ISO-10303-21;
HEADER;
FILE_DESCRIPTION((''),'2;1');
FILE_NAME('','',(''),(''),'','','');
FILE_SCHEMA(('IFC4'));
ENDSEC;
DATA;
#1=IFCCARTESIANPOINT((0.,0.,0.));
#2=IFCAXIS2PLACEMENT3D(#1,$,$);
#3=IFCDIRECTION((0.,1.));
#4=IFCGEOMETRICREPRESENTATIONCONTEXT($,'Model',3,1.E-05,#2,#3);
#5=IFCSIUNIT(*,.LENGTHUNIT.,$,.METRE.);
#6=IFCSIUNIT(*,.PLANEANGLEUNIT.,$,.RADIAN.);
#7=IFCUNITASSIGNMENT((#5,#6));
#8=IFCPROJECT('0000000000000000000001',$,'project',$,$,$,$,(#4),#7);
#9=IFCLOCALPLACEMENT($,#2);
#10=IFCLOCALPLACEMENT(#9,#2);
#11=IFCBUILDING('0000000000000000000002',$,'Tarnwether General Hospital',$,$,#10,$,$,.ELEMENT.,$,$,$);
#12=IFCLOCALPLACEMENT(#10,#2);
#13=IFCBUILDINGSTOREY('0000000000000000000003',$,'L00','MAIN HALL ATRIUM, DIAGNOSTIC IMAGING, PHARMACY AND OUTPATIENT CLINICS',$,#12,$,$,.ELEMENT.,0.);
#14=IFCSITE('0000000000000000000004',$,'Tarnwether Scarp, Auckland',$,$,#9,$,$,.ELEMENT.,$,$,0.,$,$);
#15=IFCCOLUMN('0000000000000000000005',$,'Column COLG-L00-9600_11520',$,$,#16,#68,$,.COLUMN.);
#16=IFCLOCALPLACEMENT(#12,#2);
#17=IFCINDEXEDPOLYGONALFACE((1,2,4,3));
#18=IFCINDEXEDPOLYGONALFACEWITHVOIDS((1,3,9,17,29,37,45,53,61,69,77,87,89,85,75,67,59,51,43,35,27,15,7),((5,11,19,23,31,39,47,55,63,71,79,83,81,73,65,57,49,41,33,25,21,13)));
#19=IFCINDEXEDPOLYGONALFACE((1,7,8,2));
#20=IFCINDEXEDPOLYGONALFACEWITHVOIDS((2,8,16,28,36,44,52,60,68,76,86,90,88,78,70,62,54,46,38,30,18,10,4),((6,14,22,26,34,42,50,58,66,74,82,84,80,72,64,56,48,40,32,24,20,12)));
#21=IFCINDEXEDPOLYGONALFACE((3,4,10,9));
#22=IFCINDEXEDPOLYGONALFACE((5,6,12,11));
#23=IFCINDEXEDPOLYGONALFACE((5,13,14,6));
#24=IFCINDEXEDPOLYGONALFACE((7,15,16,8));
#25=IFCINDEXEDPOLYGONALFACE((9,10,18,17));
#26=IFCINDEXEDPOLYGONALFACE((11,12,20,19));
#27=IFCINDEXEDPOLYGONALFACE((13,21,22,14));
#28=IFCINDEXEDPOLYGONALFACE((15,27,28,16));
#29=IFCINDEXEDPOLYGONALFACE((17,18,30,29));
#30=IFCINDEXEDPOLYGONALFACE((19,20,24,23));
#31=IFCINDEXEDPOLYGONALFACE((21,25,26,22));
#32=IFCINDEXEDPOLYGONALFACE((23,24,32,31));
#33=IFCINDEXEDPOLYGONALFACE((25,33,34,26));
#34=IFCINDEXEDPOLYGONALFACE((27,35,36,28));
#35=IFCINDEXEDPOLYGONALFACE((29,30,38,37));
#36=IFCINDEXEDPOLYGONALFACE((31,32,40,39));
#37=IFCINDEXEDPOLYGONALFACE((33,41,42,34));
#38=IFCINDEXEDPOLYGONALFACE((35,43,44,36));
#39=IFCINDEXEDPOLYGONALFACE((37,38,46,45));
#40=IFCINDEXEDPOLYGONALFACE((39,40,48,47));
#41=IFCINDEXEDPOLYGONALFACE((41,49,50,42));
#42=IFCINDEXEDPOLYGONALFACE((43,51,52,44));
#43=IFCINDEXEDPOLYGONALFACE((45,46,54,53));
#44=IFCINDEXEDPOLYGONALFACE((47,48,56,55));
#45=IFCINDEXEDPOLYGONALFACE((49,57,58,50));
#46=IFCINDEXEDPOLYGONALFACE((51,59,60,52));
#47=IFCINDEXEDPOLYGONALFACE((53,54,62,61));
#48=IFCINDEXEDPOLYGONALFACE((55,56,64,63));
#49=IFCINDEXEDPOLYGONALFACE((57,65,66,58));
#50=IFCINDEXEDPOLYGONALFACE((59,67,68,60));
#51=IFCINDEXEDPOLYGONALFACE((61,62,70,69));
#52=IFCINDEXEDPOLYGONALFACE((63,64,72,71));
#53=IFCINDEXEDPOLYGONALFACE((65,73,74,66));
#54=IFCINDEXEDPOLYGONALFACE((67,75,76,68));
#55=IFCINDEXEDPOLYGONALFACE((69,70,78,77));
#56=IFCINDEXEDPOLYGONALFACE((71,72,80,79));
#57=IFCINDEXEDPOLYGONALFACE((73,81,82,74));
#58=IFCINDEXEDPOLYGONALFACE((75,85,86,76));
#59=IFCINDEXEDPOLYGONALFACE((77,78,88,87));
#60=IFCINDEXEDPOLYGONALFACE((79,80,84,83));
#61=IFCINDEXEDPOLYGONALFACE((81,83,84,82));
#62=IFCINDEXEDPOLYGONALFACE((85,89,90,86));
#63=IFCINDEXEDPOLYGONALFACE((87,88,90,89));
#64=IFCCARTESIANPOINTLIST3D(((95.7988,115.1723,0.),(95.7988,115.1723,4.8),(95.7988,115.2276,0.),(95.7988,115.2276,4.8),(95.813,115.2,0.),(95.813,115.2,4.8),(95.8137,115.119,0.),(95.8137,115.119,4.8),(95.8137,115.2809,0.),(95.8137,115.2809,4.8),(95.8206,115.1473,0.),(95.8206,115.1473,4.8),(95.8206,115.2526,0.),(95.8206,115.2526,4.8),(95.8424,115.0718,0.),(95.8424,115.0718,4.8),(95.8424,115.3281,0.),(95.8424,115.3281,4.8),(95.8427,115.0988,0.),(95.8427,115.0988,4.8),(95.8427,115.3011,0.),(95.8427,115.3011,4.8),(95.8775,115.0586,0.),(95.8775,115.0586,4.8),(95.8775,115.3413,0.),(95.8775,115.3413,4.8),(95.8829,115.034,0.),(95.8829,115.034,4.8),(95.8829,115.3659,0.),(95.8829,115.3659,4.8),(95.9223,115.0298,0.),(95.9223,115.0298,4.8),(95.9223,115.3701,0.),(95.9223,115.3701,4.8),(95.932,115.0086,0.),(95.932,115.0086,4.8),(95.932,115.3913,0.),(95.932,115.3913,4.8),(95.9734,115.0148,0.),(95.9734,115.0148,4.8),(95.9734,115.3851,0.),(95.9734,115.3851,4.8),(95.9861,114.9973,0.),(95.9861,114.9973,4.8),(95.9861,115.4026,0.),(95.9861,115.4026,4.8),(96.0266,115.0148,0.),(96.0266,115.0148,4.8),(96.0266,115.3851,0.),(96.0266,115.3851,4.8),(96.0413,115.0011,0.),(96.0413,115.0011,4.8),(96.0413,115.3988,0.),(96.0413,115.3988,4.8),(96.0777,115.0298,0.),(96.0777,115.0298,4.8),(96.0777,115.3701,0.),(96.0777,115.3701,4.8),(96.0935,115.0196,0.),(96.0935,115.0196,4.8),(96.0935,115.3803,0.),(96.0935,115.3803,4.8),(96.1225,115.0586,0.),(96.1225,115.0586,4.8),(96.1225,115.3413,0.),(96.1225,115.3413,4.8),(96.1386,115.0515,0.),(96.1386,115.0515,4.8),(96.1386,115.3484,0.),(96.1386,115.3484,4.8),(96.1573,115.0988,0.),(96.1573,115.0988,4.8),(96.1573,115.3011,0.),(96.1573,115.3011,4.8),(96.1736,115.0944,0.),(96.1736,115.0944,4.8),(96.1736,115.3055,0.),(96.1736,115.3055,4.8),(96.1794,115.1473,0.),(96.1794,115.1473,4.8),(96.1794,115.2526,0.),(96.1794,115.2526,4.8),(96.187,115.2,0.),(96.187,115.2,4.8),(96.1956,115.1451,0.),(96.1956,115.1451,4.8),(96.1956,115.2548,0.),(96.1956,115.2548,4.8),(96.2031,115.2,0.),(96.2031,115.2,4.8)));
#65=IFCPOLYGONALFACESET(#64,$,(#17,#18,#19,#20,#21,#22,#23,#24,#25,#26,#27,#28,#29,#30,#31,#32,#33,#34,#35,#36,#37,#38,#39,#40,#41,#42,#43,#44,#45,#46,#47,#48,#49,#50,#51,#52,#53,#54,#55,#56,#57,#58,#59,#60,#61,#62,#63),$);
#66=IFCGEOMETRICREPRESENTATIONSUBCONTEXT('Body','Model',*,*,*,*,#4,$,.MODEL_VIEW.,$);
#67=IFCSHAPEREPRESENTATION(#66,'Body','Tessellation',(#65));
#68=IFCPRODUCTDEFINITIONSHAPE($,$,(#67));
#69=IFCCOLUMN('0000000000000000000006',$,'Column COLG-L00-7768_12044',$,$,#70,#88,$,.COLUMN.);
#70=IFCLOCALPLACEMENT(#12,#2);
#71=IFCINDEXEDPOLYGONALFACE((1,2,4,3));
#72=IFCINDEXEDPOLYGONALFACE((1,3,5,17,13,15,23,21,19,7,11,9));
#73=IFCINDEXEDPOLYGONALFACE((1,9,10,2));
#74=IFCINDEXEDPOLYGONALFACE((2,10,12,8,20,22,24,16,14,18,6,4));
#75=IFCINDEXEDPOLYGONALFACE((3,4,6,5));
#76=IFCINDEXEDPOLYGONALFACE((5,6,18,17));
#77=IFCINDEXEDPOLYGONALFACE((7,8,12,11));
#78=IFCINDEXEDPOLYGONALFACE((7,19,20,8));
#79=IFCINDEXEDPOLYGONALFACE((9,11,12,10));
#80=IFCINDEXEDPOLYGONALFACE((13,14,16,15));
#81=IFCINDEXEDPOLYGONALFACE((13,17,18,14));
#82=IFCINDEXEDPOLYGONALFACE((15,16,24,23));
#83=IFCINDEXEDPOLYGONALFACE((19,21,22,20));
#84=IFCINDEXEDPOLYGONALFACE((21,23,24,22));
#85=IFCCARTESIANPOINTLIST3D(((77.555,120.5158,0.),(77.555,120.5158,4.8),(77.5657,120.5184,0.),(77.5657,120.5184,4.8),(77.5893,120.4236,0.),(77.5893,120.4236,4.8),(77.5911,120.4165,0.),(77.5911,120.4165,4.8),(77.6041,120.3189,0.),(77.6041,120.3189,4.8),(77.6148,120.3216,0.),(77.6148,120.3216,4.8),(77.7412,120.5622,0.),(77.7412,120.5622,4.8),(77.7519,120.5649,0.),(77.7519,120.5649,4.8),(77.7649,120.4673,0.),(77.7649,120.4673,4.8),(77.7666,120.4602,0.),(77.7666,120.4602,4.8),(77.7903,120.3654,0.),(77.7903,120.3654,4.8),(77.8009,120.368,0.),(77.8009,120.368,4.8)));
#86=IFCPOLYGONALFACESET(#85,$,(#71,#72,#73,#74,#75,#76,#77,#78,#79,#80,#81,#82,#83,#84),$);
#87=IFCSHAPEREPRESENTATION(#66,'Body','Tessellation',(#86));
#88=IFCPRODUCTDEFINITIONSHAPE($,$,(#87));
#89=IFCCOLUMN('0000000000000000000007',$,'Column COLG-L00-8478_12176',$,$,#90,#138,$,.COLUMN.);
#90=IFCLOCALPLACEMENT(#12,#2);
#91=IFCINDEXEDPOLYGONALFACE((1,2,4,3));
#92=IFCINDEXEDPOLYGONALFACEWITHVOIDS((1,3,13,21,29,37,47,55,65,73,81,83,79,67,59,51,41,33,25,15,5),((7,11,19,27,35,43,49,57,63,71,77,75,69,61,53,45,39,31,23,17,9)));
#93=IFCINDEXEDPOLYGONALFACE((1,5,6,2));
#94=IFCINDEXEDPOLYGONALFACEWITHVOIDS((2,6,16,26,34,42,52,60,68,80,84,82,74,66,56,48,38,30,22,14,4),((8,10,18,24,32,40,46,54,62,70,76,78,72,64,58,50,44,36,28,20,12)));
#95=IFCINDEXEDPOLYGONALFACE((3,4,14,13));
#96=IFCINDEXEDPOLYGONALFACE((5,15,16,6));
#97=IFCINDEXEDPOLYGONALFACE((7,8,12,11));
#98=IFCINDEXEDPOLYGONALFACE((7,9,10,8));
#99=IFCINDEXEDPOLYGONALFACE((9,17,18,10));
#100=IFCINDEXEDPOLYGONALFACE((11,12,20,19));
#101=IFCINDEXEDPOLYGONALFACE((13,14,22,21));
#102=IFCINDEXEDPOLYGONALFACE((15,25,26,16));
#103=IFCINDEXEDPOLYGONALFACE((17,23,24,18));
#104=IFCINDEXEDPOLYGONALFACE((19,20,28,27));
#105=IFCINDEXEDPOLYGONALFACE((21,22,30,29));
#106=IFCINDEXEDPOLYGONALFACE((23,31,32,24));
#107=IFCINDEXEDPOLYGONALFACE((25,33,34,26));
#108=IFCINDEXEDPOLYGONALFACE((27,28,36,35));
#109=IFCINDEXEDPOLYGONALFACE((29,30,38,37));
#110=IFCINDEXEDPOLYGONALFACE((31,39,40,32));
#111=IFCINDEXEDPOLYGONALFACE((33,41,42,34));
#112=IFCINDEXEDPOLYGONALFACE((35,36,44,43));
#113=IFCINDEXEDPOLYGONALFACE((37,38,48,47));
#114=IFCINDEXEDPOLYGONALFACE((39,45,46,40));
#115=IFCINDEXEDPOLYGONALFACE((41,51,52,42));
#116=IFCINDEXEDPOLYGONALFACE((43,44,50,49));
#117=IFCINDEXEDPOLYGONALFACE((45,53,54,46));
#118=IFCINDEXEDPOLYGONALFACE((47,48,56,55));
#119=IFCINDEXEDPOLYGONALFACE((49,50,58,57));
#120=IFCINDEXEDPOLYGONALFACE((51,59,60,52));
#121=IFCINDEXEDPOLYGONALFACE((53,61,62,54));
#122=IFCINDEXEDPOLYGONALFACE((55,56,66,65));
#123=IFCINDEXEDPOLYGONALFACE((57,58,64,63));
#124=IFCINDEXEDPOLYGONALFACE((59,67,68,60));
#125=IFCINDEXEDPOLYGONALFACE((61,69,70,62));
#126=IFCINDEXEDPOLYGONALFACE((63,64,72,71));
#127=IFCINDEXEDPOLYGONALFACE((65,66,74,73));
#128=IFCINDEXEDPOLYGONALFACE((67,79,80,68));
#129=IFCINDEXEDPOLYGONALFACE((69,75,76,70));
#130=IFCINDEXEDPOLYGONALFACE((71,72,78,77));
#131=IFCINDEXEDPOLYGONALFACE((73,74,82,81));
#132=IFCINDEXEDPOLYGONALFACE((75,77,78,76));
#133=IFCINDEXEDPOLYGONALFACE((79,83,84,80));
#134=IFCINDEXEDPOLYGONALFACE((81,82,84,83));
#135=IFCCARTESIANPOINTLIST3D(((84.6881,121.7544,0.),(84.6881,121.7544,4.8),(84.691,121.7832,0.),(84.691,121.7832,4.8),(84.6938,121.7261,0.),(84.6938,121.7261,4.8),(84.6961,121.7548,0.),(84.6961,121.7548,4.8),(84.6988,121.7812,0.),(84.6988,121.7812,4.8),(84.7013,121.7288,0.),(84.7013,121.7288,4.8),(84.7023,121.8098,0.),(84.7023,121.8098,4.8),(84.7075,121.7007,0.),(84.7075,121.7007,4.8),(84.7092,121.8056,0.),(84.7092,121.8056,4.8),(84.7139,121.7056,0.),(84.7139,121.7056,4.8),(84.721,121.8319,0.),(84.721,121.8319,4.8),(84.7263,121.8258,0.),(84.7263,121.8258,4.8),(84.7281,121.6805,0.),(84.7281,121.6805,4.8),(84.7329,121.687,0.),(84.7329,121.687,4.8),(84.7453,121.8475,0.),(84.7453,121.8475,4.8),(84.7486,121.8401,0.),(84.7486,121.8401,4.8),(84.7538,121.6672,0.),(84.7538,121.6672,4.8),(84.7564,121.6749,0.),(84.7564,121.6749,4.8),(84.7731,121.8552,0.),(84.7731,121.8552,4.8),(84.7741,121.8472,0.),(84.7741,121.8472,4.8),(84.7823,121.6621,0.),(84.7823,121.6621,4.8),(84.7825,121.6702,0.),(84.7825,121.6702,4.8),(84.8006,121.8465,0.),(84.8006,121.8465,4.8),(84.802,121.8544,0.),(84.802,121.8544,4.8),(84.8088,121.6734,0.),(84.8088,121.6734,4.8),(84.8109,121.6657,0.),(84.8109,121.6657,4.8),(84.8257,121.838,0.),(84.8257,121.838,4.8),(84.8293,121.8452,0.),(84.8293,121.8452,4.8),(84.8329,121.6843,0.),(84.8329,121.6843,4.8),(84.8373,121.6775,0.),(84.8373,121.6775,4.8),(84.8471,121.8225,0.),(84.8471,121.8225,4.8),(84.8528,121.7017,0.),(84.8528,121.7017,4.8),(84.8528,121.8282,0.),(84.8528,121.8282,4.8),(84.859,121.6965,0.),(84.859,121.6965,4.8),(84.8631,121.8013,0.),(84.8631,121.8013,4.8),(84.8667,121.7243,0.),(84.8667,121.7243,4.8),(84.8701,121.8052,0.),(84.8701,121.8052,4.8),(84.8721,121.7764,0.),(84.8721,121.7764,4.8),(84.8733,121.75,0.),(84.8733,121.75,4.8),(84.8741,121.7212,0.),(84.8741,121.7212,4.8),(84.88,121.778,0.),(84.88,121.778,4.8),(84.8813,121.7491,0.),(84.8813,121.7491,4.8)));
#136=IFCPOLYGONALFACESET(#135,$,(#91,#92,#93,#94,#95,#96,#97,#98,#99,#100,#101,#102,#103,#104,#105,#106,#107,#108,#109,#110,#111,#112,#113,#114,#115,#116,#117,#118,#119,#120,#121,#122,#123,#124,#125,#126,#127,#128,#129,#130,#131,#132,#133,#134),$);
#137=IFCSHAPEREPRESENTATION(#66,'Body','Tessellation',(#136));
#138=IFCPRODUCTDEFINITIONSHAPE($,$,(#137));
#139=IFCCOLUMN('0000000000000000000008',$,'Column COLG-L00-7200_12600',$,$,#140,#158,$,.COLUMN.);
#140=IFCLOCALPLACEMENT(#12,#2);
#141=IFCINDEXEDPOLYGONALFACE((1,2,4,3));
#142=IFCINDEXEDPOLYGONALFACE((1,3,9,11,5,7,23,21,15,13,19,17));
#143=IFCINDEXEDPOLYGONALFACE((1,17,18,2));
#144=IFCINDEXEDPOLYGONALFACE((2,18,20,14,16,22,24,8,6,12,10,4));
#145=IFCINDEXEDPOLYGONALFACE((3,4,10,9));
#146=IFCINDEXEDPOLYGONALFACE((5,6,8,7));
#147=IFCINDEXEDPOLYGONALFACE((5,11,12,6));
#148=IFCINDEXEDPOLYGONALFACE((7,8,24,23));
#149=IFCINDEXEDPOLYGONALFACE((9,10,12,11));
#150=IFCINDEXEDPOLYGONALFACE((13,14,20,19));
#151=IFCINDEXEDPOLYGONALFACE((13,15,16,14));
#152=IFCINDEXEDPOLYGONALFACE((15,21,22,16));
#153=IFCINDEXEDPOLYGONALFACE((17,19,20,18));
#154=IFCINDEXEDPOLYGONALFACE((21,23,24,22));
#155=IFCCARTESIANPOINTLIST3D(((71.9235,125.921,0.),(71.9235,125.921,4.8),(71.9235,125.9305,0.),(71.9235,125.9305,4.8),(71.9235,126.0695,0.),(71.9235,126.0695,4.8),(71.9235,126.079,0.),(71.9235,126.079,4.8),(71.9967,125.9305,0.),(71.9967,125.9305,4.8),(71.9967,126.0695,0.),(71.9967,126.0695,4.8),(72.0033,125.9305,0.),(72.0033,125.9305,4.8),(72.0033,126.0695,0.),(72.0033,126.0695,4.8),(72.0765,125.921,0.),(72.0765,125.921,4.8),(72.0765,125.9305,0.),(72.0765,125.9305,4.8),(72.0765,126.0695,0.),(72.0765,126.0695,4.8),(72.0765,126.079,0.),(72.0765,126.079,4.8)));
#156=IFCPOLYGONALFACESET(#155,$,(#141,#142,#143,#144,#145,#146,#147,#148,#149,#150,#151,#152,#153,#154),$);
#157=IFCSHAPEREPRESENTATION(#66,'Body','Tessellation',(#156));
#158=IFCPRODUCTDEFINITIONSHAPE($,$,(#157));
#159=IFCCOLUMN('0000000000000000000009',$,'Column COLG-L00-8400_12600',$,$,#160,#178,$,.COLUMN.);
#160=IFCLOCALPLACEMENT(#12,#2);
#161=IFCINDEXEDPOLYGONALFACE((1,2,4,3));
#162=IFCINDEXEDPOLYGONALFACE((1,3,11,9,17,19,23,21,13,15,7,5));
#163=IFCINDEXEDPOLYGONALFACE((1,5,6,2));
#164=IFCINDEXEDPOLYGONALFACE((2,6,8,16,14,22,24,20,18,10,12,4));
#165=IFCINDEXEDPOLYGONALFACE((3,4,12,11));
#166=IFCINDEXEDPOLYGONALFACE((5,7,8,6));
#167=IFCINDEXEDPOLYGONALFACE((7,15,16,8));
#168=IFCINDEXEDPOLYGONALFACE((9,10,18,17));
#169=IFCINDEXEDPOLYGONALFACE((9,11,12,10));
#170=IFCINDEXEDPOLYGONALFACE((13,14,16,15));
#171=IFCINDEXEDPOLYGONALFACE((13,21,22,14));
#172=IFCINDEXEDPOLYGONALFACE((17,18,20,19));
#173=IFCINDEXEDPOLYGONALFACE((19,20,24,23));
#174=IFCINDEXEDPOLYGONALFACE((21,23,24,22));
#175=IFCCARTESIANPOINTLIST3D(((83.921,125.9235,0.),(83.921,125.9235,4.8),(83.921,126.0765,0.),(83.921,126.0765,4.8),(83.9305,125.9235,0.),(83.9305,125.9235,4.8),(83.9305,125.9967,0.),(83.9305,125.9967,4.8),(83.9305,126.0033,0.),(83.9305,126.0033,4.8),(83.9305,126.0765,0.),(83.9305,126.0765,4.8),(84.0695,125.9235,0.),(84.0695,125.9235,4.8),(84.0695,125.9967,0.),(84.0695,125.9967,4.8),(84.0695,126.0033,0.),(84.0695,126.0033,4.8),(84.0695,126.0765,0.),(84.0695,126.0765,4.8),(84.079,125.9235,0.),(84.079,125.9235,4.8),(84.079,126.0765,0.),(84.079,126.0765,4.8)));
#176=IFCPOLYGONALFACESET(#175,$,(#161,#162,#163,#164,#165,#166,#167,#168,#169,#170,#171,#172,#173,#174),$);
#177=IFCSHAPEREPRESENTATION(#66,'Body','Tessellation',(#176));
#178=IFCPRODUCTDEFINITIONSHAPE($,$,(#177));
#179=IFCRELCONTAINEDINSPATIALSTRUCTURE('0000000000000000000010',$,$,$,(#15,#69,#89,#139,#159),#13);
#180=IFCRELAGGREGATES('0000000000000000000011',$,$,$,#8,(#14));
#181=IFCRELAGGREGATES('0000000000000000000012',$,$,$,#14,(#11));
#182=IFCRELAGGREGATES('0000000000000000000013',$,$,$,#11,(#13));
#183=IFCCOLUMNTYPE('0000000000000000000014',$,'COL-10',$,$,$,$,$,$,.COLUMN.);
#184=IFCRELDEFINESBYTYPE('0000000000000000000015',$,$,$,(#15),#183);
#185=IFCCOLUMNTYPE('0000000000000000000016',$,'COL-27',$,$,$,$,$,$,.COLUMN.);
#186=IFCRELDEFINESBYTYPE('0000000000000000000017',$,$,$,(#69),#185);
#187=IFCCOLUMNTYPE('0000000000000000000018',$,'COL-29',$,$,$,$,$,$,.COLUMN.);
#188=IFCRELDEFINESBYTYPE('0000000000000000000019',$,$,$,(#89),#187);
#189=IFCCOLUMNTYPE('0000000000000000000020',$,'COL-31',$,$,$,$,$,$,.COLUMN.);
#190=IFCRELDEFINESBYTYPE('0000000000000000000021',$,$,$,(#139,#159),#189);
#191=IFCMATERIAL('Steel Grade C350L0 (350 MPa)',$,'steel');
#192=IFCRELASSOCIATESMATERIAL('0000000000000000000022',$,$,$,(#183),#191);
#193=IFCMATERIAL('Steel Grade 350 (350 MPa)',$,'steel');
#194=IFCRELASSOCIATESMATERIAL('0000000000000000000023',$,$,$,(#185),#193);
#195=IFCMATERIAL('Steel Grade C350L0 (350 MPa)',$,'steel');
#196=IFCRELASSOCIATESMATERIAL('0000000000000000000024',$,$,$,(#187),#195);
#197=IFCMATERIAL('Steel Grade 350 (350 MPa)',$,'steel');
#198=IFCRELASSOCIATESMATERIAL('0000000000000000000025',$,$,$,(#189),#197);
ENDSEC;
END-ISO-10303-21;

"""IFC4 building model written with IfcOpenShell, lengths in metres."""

from ifc_helpers import new_model, si_unit, direction, frame, origin, origin_2d, place, context, subcontext, project, spatial, hollow_circle, i_section, extrude, material, material_profile, profile_set, type_object, element, save


model = new_model("IFC4")

# Units and contexts
model_context = context("Model", 3, precision=1e-05, world=origin(), true_north=direction((0.0, 1.0)))
body_context = subcontext(model_context, "Body", "Model", "MODEL_VIEW")
ifc_project = project(units=[si_unit("LENGTHUNIT", "METRE"), si_unit("PLANEANGLEUNIT", "RADIAN")], contexts=[model_context])

# Site, building, storey
site_placement = place(None, origin())
site = spatial("IfcSite", under=ifc_project, at=site_placement, Name="Tarnwether Scarp, Auckland", CompositionType="ELEMENT", RefElevation=0.0)
building_placement = place(site_placement, origin())
building = spatial("IfcBuilding", under=site, at=building_placement, Name="Tarnwether General Hospital", CompositionType="ELEMENT")
storey_placement = place(building_placement, origin())
storey = spatial("IfcBuildingStorey", under=building, at=storey_placement, Name="L00", Description="MAIN HALL ATRIUM, DIAGNOSTIC IMAGING, PHARMACY AND OUTPATIENT CLINICS", CompositionType="ELEMENT", Elevation=0.0)

# Columns
ifc_material_1 = material(Name="Steel Grade C350L0 (350 MPa)", Category="steel")
ifc_material_profile_1 = material_profile(ifc_material_1, hollow_circle(Radius=0.2031, WallThickness=0.0161, at=origin_2d()), Name="CHS406.4x16.0")
ifc_profile_set_1 = profile_set([ifc_material_profile_1], Name="Steel Grade C350L0 (350 MPa)")
column_type_1 = type_object("IfcColumnType", Name="COL-10", PredefinedType="COLUMN", material=ifc_profile_set_1)
column_1_placement = place(storey_placement, frame((96.0, 115.2, 0.0), z_axis=(0.0, 0.0, 1.0), x_axis=(1.0, 0.0, 0.0)))
element("IfcColumn", 1, at=column_1_placement, inside=storey, type_object=column_type_1, Name="Column COLG-L00-9600_11520", PredefinedType="COLUMN", context=body_context, shape_type="SweptSolid", body=[
    extrude(hollow_circle(Radius=0.2031, WallThickness=0.0161, at=origin_2d()), origin(), (0.0, 0.0, 1.0), 4.8),
])
ifc_material_2 = material(Name="Steel Grade 350 (350 MPa)", Category="steel")
ifc_material_profile_2 = material_profile(ifc_material_2, i_section(OverallWidth=0.2029, OverallDepth=0.2029, WebThickness=0.0073, FlangeThickness=0.011, at=origin_2d()), Name="200UC46.2")
ifc_profile_set_2 = profile_set([ifc_material_profile_2], Name="Steel Grade 350 (350 MPa)")
column_type_2 = type_object("IfcColumnType", Name="COL-27", PredefinedType="COLUMN", material=ifc_profile_set_2)
column_2_placement = place(storey_placement, frame((77.678, 120.4419, 0.0), z_axis=(0.0, 0.0, 1.0), x_axis=(-0.241922, 0.970296, 0.0)))
element("IfcColumn", 2, at=column_2_placement, inside=storey, type_object=column_type_2, Name="Column COLG-L00-7768_12044", PredefinedType="COLUMN", context=body_context, shape_type="SweptSolid", body=[
    extrude(i_section(OverallWidth=0.2029, OverallDepth=0.2029, WebThickness=0.0073, FlangeThickness=0.011, at=origin_2d()), origin(), (0.0, 0.0, 1.0), 4.8),
])
ifc_material_3 = material(Name="Steel Grade C350L0 (350 MPa)", Category="steel")
ifc_material_profile_3 = material_profile(ifc_material_3, hollow_circle(Radius=0.0969, WallThickness=0.0081, at=origin_2d()), Name="CHS193.7x8.0")
ifc_profile_set_3 = profile_set([ifc_material_profile_3], Name="Steel Grade C350L0 (350 MPa)")
column_type_3 = type_object("IfcColumnType", Name="COL-29", PredefinedType="COLUMN", material=ifc_profile_set_3)
column_3_placement = place(storey_placement, frame((84.7849, 121.759, 0.0), z_axis=(0.0, 0.0, 1.0), x_axis=(-0.121869, 0.992546, 0.0)))
element("IfcColumn", 3, at=column_3_placement, inside=storey, type_object=column_type_3, Name="Column COLG-L00-8478_12176", PredefinedType="COLUMN", context=body_context, shape_type="SweptSolid", body=[
    extrude(hollow_circle(Radius=0.0969, WallThickness=0.0081, at=origin_2d()), origin(), (0.0, 0.0, 1.0), 4.8),
])
ifc_material_4 = material(Name="Steel Grade 350 (350 MPa)", Category="steel")
ifc_material_profile_4 = material_profile(ifc_material_4, i_section(OverallWidth=0.1531, OverallDepth=0.158, WebThickness=0.0066, FlangeThickness=0.0095, at=origin_2d()), Name="150UC30.0")
ifc_profile_set_4 = profile_set([ifc_material_profile_4], Name="Steel Grade 350 (350 MPa)")
column_type_4 = type_object("IfcColumnType", Name="COL-31", PredefinedType="COLUMN", material=ifc_profile_set_4)
for number, where, z_axis, x_axis, name in (
    (4, (72.0, 126.0, 0.0), (0.0, 0.0, 1.0), (1.0, 0.0, 0.0), "Column COLG-L00-7200_12600"),
    (5, (84.0, 126.0, 0.0), (0.0, 0.0, 1.0), (0.0, 1.0, 0.0), "Column COLG-L00-8400_12600"),
):
    element("IfcColumn", number, at=place(storey_placement, frame(where, z_axis=z_axis, x_axis=x_axis)), inside=storey, type_object=column_type_4, Name=name, PredefinedType="COLUMN", context=body_context, shape_type="SweptSolid", body=[
        extrude(i_section(OverallWidth=0.1531, OverallDepth=0.158, WebThickness=0.0066, FlangeThickness=0.0095, at=origin_2d()), origin(), (0.0, 0.0, 1.0), 4.8),
    ])

save(model, "model.ifc")
